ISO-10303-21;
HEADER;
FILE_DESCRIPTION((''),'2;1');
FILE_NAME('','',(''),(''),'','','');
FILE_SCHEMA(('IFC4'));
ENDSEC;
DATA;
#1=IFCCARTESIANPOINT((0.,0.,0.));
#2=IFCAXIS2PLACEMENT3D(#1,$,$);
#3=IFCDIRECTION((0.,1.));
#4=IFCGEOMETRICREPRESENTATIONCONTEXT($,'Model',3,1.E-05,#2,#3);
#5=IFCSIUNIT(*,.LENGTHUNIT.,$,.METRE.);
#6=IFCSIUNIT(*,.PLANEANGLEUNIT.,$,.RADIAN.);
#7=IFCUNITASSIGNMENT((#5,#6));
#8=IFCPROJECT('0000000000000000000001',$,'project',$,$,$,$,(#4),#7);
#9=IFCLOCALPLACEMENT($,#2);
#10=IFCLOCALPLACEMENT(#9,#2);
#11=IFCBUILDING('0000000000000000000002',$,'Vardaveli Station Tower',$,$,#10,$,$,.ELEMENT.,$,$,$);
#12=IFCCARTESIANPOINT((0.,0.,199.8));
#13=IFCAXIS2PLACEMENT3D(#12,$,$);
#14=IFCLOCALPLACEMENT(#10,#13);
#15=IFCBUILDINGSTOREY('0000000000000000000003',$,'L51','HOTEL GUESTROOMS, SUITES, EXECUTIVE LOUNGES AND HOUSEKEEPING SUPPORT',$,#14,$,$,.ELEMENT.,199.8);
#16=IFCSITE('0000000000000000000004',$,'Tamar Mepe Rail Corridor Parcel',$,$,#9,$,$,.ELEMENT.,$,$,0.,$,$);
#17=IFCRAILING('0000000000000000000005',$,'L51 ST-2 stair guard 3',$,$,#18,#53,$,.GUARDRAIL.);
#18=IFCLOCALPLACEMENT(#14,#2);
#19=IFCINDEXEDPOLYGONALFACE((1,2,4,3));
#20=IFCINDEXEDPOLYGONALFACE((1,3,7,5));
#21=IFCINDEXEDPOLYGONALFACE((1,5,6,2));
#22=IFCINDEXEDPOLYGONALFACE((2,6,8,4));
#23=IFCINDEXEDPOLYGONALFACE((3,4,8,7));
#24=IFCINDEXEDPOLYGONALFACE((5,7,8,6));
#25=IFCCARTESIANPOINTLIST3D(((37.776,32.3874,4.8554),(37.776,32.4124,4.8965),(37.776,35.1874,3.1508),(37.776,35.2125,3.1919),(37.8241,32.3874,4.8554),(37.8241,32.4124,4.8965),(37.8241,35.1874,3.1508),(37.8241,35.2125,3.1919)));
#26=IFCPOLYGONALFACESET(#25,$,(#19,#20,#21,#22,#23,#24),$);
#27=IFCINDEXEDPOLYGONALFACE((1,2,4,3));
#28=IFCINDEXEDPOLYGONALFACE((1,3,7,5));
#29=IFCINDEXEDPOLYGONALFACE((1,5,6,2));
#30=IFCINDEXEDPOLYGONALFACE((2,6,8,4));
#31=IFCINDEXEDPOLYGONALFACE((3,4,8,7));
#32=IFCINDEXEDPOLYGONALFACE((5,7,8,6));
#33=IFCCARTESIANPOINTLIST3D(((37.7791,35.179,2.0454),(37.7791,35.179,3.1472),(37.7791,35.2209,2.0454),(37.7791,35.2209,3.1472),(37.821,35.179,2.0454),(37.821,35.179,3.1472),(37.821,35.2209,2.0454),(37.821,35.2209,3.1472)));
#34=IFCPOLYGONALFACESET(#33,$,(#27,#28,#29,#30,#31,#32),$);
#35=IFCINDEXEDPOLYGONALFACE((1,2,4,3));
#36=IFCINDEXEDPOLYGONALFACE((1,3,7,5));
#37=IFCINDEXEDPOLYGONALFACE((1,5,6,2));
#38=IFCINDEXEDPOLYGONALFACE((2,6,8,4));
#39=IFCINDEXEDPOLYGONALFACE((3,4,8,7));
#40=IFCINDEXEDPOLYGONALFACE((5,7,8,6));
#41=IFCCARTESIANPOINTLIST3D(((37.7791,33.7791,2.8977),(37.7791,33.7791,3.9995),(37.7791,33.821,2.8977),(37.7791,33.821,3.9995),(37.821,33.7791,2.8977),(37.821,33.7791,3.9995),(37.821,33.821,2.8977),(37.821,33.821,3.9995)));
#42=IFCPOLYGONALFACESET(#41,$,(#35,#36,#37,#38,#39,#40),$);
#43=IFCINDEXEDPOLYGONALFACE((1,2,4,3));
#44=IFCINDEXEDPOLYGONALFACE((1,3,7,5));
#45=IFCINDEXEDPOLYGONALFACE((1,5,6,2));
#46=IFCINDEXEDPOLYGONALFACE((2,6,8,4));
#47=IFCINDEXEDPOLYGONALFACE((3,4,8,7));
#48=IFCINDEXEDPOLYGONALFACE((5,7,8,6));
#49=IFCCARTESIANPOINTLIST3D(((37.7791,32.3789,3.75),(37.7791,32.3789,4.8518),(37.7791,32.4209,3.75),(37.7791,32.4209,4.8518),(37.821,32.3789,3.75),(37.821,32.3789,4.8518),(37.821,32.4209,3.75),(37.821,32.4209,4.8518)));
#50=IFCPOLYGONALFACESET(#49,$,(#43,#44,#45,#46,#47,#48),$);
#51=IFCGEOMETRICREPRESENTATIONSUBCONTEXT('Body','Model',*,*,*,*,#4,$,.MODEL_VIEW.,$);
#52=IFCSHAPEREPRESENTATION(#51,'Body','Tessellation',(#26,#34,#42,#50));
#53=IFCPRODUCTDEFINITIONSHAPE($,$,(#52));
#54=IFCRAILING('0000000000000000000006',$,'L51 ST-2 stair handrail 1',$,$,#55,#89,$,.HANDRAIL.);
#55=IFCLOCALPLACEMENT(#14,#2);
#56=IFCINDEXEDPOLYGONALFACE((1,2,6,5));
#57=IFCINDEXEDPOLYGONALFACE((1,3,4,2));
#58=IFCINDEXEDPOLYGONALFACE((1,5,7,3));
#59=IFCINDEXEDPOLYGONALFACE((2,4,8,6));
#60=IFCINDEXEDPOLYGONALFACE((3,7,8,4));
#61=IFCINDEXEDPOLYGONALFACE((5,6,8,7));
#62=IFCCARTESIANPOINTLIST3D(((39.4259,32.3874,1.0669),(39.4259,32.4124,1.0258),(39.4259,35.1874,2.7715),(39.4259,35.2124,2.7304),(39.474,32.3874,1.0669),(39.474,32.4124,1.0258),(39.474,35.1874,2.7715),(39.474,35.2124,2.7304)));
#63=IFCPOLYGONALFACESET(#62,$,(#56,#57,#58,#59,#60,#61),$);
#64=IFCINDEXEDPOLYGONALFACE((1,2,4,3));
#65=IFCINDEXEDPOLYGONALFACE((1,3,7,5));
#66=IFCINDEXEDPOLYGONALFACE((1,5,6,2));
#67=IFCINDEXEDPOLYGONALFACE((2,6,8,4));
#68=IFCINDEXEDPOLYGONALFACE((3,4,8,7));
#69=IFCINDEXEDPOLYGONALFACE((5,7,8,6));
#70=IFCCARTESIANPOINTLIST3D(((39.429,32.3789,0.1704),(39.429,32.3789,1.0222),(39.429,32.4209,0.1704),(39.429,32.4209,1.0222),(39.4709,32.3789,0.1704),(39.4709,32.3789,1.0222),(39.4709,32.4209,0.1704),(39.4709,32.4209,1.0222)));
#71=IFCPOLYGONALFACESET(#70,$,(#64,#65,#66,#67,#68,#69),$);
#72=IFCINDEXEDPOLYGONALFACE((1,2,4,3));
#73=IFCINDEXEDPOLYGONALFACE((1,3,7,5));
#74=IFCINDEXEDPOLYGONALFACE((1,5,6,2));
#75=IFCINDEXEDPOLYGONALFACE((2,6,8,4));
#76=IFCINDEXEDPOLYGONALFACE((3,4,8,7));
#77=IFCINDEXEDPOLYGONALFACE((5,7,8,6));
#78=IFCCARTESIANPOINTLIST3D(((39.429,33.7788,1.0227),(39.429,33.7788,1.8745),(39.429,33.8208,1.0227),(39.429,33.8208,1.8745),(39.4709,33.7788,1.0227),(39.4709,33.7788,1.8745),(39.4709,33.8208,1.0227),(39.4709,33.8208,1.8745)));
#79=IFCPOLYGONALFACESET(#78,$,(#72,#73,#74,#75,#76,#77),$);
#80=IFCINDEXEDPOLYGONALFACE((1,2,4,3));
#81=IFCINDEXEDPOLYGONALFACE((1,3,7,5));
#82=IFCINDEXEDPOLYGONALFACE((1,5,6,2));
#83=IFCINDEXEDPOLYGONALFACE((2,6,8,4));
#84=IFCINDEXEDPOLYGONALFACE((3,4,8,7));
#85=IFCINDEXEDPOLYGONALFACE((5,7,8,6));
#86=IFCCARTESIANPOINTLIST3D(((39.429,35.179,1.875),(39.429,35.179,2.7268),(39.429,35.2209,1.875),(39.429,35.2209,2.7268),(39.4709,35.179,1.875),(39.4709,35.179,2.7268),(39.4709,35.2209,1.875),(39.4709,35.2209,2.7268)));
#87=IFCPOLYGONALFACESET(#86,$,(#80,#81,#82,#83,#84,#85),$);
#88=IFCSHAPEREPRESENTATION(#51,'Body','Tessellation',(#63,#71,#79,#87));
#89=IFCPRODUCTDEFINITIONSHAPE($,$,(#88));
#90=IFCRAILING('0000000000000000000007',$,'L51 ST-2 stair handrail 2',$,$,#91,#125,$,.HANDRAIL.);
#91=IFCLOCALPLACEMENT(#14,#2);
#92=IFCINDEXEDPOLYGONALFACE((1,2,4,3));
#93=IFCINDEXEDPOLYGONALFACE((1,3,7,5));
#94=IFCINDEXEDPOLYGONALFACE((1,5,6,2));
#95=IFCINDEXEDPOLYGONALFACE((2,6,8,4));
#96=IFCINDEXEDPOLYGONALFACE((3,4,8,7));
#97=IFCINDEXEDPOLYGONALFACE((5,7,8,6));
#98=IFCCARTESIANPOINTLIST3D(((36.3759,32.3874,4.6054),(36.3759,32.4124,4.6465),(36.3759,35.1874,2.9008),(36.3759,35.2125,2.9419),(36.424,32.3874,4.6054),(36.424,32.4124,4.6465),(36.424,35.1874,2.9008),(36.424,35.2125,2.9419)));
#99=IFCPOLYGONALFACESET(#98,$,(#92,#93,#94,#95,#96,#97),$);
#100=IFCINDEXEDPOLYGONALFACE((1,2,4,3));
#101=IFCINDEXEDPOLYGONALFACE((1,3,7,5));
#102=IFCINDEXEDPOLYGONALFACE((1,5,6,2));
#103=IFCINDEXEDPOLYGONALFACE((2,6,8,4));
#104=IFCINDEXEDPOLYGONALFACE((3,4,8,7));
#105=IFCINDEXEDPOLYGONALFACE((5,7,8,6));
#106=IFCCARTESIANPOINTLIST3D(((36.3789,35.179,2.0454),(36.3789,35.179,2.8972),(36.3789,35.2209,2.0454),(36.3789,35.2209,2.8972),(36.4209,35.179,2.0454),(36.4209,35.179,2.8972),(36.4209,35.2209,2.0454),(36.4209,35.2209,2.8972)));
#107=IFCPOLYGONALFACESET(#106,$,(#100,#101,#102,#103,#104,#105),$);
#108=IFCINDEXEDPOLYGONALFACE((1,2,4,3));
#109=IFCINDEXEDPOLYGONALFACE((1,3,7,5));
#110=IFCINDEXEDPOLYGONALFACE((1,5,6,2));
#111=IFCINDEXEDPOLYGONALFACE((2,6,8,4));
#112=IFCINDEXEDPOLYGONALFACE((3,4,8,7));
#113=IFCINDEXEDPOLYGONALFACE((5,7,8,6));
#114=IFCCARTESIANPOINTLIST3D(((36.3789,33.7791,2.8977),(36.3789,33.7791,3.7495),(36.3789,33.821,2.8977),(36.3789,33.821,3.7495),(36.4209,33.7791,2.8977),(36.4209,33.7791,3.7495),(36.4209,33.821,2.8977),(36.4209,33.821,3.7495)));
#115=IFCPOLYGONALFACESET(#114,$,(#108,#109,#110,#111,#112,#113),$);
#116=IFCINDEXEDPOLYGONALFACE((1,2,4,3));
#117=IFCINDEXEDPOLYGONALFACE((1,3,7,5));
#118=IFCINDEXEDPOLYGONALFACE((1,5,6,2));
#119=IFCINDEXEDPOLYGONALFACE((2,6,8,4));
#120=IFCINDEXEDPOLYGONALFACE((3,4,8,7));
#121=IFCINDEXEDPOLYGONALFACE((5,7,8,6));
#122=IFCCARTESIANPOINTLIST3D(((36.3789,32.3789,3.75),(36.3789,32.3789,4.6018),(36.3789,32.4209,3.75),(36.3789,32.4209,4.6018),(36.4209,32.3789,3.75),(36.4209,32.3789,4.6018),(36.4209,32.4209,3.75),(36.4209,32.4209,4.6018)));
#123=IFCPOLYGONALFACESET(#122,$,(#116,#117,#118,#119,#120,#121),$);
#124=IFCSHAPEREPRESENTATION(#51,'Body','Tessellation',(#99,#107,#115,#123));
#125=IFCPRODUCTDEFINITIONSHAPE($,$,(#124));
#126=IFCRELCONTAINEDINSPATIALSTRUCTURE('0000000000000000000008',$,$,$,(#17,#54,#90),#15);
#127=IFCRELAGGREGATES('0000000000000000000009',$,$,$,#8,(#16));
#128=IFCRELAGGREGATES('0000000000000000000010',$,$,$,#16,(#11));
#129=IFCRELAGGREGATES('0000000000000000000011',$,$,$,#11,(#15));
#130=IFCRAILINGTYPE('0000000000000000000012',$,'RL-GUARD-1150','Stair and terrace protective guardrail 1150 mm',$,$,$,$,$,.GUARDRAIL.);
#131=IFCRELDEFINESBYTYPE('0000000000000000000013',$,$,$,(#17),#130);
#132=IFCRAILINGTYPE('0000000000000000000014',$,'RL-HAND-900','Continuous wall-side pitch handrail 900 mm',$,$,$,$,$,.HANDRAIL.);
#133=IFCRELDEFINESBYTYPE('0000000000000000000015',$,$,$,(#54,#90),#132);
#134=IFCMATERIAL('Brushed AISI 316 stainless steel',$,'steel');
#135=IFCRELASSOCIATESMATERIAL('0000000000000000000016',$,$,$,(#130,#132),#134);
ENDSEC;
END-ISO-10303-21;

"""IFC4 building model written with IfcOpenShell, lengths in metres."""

from ifc_helpers import new_model, si_unit, direction, frame, origin, origin_2d, place, context, subcontext, project, spatial, rectangle, extrude, source, transform, mapped, material, type_object, element, save


model = new_model("IFC4")

# Units and contexts
model_context = context("Model", 3, precision=1e-05, world=origin(), true_north=direction((0.0, 1.0)))
body_context = subcontext(model_context, "Body", "Model", "MODEL_VIEW")
ifc_project = project(units=[si_unit("LENGTHUNIT", "METRE"), si_unit("PLANEANGLEUNIT", "RADIAN")], contexts=[model_context])

# Site, building, storey
site_placement = place(None, origin())
site = spatial("IfcSite", under=ifc_project, at=site_placement, Name="Tamar Mepe Rail Corridor Parcel", CompositionType="ELEMENT", RefElevation=0.0)
building_placement = place(site_placement, origin())
building = spatial("IfcBuilding", under=site, at=building_placement, Name="Vardaveli Station Tower", CompositionType="ELEMENT")
storey_placement = place(building_placement, frame((0.0, 0.0, 199.8)))
storey = spatial("IfcBuildingStorey", under=building, at=storey_placement, Name="L51", Description="HOTEL GUESTROOMS, SUITES, EXECUTIVE LOUNGES AND HOUSEKEEPING SUPPORT", CompositionType="ELEMENT", Elevation=199.8)

# Railings
ifc_material_1 = material(Name="Brushed AISI 316 stainless steel", Category="steel")
railing_type_1 = type_object("IfcRailingType", Name="RL-GUARD-1150", Description="Stair and terrace protective guardrail 1150 mm", PredefinedType="GUARDRAIL", material=ifc_material_1)
shared_shape_1 = source(origin(), body_context, "Body", "SweptSolid", [
    extrude(rectangle(XDim=0.0481, YDim=0.0481, at=origin_2d()), frame((0.0, 0.0, 1.126), z_axis=(0.0, -0.85417, 0.519994), x_axis=(1.0, 0.0, 0.0)), (0.0, 0.0, 1.0), 3.2781),
    extrude(rectangle(XDim=0.042, YDim=0.042, at=origin_2d()), origin(), (0.0, 0.0, 1.0), 1.1018),
    extrude(rectangle(XDim=0.042, YDim=0.042, at=origin_2d()), frame((0.0, -1.3999, 0.8523)), (0.0, 0.0, 1.0), 1.1018),
    extrude(rectangle(XDim=0.042, YDim=0.042, at=origin_2d()), frame((0.0, -2.8, 1.7046)), (0.0, 0.0, 1.0), 1.1018),
])
railing_1_placement = place(storey_placement, frame((37.8, 35.2, 2.0454)))
element("IfcRailing", 1, at=railing_1_placement, inside=storey, type_object=railing_type_1, Name="L51 ST-2 stair guard 3", PredefinedType="GUARDRAIL", context=body_context, shape_type="MappedRepresentation", body=[
    mapped(shared_shape_1, transform((0.0, 0.0, 0.0), scale=1.0)),
])
railing_type_2 = type_object("IfcRailingType", Name="RL-HAND-900", Description="Continuous wall-side pitch handrail 900 mm", PredefinedType="HANDRAIL", material=ifc_material_1)
shared_shape_2 = source(origin(), body_context, "Body", "SweptSolid", [
    extrude(rectangle(XDim=0.0481, YDim=0.0481, at=origin_2d()), frame((0.0, 0.0, 0.876), z_axis=(0.0, 0.85417, 0.519994), x_axis=(-1.0, 0.0, 0.0)), (0.0, 0.0, 1.0), 3.2781),
    extrude(rectangle(XDim=0.042, YDim=0.042, at=origin_2d()), origin(), (0.0, 0.0, 1.0), 0.8518),
    extrude(rectangle(XDim=0.042, YDim=0.042, at=origin_2d()), frame((0.0, 1.3999, 0.8523)), (0.0, 0.0, 1.0), 0.8518),
    extrude(rectangle(XDim=0.042, YDim=0.042, at=origin_2d()), frame((0.0, 2.8, 1.7046)), (0.0, 0.0, 1.0), 0.8518),
])
railing_2_placement = place(storey_placement, frame((39.45, 32.3999, 0.1704)))
element("IfcRailing", 2, at=railing_2_placement, inside=storey, type_object=railing_type_2, Name="L51 ST-2 stair handrail 1", PredefinedType="HANDRAIL", context=body_context, shape_type="MappedRepresentation", body=[
    mapped(shared_shape_2, transform((0.0, 0.0, 0.0), scale=1.0)),
])
shared_shape_3 = source(origin(), body_context, "Body", "SweptSolid", [
    extrude(rectangle(XDim=0.0481, YDim=0.0481, at=origin_2d()), frame((0.0, 0.0, 0.876), z_axis=(0.0, -0.85417, 0.519994), x_axis=(1.0, 0.0, 0.0)), (0.0, 0.0, 1.0), 3.2781),
    extrude(rectangle(XDim=0.042, YDim=0.042, at=origin_2d()), origin(), (0.0, 0.0, 1.0), 0.8518),
    extrude(rectangle(XDim=0.042, YDim=0.042, at=origin_2d()), frame((0.0, -1.3999, 0.8523)), (0.0, 0.0, 1.0), 0.8518),
    extrude(rectangle(XDim=0.042, YDim=0.042, at=origin_2d()), frame((0.0, -2.8, 1.7046)), (0.0, 0.0, 1.0), 0.8518),
])
railing_3_placement = place(storey_placement, frame((36.3999, 35.2, 2.0454)))
element("IfcRailing", 3, at=railing_3_placement, inside=storey, type_object=railing_type_2, Name="L51 ST-2 stair handrail 2", PredefinedType="HANDRAIL", context=body_context, shape_type="MappedRepresentation", body=[
    mapped(shared_shape_3, transform((0.0, 0.0, 0.0), scale=1.0)),
])

save(model, "model.ifc")
